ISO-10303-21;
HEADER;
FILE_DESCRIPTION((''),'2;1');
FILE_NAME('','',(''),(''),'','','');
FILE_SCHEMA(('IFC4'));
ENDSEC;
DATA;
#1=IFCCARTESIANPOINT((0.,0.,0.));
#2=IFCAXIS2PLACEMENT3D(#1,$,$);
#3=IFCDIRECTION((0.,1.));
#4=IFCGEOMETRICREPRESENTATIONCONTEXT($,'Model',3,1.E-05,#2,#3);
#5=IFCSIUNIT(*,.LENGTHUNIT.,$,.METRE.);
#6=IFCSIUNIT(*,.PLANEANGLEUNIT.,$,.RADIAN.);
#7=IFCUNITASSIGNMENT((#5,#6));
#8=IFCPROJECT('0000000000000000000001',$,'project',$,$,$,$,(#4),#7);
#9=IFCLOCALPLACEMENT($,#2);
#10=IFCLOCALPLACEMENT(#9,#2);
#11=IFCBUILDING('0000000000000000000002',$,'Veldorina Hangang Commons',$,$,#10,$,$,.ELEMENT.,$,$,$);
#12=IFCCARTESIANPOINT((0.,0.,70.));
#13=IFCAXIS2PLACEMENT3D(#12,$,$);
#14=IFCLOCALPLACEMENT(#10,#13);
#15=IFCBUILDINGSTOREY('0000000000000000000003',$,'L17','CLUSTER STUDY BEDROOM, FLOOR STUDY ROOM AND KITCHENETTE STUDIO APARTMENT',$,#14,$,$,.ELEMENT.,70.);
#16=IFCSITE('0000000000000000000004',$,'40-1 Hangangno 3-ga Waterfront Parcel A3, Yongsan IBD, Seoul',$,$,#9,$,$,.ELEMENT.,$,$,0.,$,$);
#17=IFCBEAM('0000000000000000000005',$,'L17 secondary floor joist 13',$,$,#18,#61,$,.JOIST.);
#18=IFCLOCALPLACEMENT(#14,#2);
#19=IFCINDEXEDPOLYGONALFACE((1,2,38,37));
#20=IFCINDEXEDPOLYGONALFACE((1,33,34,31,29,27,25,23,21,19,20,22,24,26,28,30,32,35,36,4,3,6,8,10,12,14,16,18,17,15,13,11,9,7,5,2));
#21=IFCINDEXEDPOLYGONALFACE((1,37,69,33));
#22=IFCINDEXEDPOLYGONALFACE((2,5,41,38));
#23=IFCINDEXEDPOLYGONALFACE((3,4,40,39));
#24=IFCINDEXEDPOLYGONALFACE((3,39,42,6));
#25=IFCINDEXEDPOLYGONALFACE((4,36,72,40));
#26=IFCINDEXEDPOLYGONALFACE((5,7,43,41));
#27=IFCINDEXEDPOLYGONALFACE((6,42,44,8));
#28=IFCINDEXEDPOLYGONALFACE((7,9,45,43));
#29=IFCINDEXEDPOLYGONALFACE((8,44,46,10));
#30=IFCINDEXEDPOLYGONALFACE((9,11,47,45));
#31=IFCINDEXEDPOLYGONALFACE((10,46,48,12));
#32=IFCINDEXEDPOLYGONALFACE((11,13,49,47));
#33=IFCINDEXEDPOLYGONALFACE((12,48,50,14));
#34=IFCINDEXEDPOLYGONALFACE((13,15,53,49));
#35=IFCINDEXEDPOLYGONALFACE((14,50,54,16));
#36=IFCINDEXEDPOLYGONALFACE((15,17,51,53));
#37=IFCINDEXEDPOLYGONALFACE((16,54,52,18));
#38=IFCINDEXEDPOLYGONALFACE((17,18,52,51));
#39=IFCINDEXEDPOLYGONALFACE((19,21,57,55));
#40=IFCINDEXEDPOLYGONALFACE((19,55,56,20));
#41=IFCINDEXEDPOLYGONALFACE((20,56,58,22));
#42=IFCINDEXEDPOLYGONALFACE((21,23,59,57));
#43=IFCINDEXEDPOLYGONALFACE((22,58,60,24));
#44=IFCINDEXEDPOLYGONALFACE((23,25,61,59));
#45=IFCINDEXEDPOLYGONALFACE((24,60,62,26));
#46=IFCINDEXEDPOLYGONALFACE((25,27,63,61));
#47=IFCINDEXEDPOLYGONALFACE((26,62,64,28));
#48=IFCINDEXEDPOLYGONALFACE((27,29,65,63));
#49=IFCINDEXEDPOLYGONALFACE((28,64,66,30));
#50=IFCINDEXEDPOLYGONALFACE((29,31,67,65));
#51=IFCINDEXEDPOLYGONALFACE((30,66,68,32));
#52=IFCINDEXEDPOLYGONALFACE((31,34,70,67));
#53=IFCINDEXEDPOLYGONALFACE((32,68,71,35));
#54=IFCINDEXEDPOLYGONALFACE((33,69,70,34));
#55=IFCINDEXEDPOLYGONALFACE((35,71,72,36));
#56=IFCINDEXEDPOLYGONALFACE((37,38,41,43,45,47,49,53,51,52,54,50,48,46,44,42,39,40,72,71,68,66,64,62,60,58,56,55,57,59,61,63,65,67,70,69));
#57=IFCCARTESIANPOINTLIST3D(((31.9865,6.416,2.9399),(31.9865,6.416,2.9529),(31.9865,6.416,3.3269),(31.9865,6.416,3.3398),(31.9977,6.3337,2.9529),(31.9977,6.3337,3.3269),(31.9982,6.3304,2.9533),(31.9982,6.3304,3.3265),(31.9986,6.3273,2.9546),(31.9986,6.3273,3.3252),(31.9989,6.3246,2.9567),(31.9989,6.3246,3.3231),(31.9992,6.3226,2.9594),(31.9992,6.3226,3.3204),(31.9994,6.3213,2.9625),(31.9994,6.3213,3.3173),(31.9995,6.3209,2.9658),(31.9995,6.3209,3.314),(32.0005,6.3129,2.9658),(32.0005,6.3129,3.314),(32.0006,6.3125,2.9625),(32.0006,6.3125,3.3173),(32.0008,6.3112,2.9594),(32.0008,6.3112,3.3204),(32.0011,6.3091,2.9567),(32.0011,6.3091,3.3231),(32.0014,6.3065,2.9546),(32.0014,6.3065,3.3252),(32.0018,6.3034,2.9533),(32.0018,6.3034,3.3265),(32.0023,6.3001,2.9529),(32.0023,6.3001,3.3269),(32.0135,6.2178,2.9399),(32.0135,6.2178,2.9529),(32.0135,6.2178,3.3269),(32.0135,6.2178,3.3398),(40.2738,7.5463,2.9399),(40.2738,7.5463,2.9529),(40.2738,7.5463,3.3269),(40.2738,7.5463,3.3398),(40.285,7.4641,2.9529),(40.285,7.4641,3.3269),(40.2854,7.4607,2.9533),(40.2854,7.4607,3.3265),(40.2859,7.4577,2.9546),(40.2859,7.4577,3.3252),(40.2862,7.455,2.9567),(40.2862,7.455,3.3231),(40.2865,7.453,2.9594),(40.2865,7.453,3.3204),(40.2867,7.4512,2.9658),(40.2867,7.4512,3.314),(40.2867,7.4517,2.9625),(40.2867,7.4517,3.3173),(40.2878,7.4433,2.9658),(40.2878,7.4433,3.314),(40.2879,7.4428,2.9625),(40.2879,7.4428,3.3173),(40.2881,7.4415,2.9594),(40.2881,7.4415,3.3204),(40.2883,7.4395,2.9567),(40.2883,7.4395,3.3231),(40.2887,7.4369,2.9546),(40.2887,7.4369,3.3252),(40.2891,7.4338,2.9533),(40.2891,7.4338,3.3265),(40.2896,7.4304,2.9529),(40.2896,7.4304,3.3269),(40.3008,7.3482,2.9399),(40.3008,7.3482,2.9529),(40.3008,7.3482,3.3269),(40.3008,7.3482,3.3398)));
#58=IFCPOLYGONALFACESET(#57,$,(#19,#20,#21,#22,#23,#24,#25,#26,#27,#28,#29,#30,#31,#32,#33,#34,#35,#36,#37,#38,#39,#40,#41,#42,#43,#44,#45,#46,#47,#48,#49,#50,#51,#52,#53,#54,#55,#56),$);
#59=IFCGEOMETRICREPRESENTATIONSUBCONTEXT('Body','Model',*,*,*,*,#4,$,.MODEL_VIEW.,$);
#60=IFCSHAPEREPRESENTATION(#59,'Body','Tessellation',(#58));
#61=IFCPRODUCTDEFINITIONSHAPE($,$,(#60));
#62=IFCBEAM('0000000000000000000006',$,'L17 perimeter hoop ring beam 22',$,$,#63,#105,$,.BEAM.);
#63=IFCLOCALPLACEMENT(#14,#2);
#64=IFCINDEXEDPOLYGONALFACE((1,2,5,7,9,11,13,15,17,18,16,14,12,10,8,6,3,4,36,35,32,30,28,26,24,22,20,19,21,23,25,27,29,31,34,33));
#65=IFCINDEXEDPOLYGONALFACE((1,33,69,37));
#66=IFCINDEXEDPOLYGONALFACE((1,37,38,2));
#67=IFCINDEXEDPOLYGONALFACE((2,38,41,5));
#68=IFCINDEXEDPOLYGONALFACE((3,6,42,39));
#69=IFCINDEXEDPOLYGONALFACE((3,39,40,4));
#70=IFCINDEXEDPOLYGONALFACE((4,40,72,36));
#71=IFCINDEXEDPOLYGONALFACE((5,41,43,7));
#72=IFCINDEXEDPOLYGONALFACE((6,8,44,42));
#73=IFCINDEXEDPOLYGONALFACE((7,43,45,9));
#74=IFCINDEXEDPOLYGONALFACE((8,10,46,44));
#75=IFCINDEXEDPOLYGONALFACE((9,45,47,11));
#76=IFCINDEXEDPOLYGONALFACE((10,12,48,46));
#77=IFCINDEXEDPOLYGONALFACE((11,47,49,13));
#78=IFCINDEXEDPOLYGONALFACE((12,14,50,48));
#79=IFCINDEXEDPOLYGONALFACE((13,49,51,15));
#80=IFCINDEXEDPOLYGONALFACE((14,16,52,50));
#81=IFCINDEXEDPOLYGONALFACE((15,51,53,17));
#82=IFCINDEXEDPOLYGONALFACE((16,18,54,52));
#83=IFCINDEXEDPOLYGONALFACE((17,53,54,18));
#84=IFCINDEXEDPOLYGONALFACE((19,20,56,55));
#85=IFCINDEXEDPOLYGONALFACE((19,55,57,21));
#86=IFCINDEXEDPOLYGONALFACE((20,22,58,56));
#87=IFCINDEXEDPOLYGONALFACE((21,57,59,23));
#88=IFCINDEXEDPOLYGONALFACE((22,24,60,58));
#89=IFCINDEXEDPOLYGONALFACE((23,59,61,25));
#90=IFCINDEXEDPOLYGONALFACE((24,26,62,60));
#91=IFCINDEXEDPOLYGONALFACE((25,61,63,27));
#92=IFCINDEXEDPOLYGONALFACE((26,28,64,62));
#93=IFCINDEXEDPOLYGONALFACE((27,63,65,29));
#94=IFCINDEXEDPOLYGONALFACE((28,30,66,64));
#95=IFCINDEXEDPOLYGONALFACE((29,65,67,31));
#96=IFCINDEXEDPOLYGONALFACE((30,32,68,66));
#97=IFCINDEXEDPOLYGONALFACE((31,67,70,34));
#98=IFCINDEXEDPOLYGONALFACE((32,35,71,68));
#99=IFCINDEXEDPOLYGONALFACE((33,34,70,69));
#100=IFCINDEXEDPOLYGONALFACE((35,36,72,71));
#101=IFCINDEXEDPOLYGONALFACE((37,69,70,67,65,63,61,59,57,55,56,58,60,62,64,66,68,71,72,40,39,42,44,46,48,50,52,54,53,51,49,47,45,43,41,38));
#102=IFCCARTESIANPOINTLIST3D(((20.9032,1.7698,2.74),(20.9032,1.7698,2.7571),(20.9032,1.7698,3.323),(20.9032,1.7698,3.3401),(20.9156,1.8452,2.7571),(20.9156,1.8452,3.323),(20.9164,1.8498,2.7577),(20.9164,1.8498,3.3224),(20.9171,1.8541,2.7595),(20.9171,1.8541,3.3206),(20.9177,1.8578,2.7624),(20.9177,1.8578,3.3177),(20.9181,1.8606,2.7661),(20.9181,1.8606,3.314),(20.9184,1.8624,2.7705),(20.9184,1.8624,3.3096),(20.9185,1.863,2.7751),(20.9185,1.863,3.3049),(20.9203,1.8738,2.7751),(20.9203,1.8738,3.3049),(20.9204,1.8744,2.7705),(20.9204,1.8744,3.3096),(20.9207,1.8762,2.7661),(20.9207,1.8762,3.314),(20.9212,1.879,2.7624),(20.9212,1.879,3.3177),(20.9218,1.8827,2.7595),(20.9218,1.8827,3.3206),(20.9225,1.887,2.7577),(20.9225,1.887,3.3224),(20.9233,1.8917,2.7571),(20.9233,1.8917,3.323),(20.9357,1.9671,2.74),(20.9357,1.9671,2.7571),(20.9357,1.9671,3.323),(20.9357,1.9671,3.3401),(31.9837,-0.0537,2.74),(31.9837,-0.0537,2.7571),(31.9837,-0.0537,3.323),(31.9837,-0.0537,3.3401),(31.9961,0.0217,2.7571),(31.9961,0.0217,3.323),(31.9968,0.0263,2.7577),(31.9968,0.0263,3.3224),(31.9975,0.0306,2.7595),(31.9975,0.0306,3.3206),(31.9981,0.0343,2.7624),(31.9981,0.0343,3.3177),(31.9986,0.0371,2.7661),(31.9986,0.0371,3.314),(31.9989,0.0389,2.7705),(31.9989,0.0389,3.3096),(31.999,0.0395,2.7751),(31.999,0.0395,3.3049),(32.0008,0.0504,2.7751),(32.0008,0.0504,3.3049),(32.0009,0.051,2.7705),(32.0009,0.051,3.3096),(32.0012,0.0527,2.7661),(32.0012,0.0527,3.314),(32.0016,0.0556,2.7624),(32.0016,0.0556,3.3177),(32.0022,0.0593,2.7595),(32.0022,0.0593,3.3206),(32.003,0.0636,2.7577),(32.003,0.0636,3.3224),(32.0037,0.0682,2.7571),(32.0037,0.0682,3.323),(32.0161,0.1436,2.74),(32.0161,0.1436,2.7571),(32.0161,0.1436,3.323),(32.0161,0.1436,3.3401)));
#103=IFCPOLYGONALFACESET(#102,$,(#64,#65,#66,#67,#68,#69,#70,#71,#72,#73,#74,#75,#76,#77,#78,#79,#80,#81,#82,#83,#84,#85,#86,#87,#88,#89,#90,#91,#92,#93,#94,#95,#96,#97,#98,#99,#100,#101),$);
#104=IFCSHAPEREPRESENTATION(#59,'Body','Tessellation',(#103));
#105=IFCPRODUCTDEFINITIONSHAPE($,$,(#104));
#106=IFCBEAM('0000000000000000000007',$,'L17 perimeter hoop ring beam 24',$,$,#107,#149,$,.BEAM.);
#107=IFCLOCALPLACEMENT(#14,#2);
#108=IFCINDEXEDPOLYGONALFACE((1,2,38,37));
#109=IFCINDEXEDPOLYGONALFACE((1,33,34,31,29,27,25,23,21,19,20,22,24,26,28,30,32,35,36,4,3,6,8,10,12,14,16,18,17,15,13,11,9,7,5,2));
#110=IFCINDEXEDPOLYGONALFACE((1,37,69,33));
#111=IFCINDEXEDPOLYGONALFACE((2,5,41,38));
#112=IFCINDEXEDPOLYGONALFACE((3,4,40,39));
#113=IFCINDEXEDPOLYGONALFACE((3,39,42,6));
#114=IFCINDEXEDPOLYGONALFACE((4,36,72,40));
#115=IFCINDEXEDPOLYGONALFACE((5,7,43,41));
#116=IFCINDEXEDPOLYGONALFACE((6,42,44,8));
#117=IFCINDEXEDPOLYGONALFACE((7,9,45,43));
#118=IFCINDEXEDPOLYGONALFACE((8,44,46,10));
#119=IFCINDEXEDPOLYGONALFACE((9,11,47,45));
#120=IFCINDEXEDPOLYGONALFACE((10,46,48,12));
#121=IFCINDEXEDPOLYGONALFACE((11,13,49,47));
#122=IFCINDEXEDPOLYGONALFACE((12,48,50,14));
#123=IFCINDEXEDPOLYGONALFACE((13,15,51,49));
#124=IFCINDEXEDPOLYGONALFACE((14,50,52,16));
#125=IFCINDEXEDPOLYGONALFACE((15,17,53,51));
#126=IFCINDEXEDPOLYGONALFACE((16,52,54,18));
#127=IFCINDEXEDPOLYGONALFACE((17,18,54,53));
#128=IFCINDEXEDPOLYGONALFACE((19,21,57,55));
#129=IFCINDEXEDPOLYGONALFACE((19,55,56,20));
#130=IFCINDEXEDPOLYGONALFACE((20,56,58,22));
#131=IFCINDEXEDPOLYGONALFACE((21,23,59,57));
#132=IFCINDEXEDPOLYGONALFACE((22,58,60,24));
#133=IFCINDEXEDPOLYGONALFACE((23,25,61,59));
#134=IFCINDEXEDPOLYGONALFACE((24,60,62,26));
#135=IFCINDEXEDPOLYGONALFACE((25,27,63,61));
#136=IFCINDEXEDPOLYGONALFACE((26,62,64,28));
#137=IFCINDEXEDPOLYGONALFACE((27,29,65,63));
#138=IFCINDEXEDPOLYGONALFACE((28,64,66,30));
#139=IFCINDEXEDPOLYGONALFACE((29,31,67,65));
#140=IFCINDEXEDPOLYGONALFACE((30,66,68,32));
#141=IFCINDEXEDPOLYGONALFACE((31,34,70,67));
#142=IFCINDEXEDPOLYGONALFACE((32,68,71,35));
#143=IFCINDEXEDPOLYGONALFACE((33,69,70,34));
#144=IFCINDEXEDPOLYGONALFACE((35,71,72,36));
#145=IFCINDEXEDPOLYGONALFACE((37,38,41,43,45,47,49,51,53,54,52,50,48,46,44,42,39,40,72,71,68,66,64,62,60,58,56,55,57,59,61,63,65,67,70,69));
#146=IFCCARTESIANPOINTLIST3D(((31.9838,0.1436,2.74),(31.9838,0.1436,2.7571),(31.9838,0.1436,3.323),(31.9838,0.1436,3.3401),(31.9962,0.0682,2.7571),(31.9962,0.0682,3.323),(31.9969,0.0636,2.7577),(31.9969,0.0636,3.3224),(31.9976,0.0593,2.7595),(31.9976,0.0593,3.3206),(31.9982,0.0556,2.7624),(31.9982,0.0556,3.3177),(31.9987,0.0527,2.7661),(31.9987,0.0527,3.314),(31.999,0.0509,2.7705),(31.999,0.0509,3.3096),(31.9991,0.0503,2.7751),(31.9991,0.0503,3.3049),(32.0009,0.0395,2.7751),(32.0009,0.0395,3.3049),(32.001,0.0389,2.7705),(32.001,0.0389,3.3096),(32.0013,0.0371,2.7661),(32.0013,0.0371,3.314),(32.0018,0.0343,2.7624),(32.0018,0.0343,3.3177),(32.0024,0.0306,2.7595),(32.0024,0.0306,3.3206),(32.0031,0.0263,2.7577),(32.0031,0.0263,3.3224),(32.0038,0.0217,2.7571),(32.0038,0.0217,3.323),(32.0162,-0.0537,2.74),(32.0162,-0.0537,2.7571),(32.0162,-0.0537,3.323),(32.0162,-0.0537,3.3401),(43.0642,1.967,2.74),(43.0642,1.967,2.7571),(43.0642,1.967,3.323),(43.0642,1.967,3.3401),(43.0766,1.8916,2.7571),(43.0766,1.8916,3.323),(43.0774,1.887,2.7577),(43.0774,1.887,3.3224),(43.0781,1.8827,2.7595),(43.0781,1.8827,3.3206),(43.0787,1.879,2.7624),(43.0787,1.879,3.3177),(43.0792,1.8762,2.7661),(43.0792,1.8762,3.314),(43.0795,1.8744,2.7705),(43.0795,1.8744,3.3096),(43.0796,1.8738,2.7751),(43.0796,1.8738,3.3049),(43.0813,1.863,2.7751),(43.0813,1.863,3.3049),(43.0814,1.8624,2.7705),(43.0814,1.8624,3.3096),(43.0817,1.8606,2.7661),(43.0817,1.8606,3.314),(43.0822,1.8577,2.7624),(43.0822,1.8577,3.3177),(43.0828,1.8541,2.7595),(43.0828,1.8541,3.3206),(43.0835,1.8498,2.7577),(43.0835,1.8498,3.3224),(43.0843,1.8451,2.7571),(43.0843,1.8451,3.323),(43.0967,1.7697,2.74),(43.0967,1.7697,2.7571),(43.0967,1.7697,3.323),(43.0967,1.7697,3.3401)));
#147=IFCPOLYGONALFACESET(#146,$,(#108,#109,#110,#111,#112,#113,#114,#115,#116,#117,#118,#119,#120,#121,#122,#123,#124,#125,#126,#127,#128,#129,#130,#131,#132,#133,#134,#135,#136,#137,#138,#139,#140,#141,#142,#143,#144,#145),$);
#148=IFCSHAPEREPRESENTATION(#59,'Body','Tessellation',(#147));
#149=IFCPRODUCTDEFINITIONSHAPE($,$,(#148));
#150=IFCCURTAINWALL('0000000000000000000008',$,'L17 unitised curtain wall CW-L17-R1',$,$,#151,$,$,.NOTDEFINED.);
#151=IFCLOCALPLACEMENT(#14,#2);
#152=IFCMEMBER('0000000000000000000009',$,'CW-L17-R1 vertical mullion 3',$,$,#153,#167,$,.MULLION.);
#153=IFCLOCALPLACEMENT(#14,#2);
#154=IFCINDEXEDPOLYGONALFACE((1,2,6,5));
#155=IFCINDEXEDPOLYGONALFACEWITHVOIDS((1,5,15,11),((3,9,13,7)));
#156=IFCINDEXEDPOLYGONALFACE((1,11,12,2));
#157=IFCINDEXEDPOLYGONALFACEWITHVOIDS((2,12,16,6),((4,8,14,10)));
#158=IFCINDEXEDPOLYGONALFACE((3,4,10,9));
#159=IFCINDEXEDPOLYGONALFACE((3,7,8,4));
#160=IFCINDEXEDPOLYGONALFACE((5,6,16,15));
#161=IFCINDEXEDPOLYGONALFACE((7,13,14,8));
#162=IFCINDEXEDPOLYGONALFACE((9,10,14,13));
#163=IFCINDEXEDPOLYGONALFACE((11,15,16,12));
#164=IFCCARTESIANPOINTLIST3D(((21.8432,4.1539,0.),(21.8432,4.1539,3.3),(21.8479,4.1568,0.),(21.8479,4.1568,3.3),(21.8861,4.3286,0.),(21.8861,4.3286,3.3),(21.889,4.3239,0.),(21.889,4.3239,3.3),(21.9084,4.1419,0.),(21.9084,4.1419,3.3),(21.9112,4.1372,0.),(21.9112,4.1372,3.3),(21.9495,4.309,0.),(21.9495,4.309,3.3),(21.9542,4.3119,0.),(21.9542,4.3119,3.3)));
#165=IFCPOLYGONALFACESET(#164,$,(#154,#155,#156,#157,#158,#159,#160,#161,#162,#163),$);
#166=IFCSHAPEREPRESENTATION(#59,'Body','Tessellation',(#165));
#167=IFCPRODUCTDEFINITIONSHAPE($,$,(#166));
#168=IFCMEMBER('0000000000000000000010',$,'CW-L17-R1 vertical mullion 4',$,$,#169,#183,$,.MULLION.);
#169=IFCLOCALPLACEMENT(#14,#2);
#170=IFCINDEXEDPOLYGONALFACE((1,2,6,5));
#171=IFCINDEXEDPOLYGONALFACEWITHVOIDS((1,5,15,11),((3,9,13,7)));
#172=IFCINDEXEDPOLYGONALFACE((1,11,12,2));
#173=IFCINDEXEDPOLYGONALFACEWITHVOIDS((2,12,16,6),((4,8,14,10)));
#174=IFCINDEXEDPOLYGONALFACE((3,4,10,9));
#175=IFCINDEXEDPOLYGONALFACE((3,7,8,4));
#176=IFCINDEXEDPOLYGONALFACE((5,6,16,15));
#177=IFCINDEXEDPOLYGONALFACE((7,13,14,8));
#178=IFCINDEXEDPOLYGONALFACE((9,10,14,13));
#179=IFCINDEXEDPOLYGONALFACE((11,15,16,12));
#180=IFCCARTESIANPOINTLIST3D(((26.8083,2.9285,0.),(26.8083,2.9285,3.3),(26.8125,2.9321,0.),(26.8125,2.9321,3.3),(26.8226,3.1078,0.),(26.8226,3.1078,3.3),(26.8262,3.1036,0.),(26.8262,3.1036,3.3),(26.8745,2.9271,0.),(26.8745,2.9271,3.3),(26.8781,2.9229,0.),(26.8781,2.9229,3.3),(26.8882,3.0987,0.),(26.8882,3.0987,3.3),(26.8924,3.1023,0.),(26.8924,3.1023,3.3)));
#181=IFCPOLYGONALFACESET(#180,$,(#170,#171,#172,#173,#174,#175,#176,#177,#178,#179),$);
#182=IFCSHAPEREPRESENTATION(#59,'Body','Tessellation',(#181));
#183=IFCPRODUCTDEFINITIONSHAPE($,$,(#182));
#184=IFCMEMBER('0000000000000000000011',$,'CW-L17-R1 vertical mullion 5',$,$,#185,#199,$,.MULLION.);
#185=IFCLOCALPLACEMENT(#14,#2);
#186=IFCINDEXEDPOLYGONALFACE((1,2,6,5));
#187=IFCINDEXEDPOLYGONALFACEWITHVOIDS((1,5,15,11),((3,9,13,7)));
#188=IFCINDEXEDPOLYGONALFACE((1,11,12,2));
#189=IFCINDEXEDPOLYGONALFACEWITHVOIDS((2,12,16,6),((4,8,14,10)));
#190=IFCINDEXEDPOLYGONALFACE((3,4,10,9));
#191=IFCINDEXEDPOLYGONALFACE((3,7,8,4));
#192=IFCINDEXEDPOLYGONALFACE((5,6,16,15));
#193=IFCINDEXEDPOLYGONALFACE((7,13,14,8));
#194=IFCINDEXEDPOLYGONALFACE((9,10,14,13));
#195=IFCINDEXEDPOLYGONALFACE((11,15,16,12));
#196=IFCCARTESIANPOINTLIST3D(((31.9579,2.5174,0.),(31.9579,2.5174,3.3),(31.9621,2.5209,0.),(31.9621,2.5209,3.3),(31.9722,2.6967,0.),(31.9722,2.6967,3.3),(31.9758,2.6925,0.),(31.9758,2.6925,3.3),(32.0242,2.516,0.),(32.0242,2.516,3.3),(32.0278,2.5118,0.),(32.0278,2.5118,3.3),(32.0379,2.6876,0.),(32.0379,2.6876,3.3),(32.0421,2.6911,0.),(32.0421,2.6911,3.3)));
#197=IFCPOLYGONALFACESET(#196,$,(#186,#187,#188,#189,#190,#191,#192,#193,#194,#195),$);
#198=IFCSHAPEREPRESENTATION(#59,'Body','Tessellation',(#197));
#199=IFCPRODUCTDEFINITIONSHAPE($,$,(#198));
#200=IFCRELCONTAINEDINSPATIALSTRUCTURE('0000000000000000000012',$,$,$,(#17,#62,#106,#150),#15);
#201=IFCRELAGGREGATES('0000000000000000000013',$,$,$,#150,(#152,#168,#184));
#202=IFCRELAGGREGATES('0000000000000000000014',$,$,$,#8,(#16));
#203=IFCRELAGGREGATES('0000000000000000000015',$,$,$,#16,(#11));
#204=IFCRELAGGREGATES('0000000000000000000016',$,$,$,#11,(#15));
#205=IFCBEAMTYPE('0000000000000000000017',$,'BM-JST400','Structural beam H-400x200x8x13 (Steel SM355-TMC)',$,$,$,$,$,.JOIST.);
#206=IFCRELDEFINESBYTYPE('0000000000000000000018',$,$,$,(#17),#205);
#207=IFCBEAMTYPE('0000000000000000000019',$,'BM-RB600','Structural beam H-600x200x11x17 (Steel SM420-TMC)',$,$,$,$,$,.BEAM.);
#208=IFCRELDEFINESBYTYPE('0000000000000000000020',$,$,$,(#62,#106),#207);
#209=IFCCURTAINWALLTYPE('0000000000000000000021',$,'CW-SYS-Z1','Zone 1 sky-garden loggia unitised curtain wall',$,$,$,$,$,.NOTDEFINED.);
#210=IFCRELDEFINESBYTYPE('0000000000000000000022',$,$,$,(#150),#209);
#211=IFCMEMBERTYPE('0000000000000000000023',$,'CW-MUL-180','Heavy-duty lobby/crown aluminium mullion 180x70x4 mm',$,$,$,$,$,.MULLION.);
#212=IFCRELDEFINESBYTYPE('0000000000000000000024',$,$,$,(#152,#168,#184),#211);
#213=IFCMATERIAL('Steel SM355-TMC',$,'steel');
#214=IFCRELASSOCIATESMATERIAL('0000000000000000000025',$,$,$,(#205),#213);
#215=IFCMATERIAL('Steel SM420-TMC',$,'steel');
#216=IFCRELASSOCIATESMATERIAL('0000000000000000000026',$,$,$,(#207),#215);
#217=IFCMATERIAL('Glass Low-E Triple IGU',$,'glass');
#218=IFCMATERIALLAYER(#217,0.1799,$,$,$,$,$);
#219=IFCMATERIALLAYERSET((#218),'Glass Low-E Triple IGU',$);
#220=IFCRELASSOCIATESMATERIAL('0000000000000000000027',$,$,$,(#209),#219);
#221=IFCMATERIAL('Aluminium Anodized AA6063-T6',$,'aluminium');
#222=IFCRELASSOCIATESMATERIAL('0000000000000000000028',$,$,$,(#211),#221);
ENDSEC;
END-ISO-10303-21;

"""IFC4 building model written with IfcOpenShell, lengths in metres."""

from ifc_helpers import new_model, si_unit, direction, frame, origin, origin_2d, place, context, subcontext, project, spatial, hollow_rectangle, i_section, extrude, material, layer, layer_set, material_profile, profile_set, type_object, element, aggregate, save


model = new_model("IFC4")

# Units and contexts
model_context = context("Model", 3, precision=1e-05, world=origin(), true_north=direction((0.0, 1.0)))
body_context = subcontext(model_context, "Body", "Model", "MODEL_VIEW")
ifc_project = project(units=[si_unit("LENGTHUNIT", "METRE"), si_unit("PLANEANGLEUNIT", "RADIAN")], contexts=[model_context])

# Site, building, storey
site_placement = place(None, origin())
site = spatial("IfcSite", under=ifc_project, at=site_placement, Name="40-1 Hangangno 3-ga Waterfront Parcel A3, Yongsan IBD, Seoul", CompositionType="ELEMENT", RefElevation=0.0)
building_placement = place(site_placement, origin())
building = spatial("IfcBuilding", under=site, at=building_placement, Name="Veldorina Hangang Commons", CompositionType="ELEMENT")
storey_placement = place(building_placement, frame((0.0, 0.0, 70.0)))
storey = spatial("IfcBuildingStorey", under=building, at=storey_placement, Name="L17", Description="CLUSTER STUDY BEDROOM, FLOOR STUDY ROOM AND KITCHENETTE STUDIO APARTMENT", CompositionType="ELEMENT", Elevation=70.0)

# Beams
ifc_material_1 = material(Name="Steel SM355-TMC", Category="steel")
ifc_material_profile_1 = material_profile(ifc_material_1, i_section(OverallWidth=0.2, OverallDepth=0.3999, WebThickness=0.0081, FlangeThickness=0.0129, FilletRadius=0.0129, at=origin_2d()), Name="H-400x200x8x13")
ifc_profile_set_1 = profile_set([ifc_material_profile_1], Name="Steel SM355-TMC")
beam_type_1 = type_object("IfcBeamType", Name="BM-JST400", Description="Structural beam H-400x200x8x13 (Steel SM355-TMC)", PredefinedType="JOIST", material=ifc_profile_set_1)
beam_placement = place(storey_placement, frame((32.0, 6.3169, 3.1399), z_axis=(0.990826, 0.135146, 0.0), x_axis=(-0.135146, 0.990826, 0.0)))
element("IfcBeam", 1, at=beam_placement, inside=storey, type_object=beam_type_1, Name="L17 secondary floor joist 13", PredefinedType="JOIST", context=body_context, shape_type="SweptSolid", body=[
    extrude(i_section(OverallWidth=0.2, OverallDepth=0.3999, WebThickness=0.0081, FlangeThickness=0.0129, FilletRadius=0.0129, at=origin_2d()), origin(), (0.0, 0.0, 1.0), 8.364),
])
ifc_material_2 = material(Name="Steel SM420-TMC", Category="steel")
ifc_material_profile_2 = material_profile(ifc_material_2, i_section(OverallWidth=0.2, OverallDepth=0.6001, WebThickness=0.011, FlangeThickness=0.0171, FilletRadius=0.0181, at=origin_2d()), Name="H-600x200x11x17")
ifc_profile_set_2 = profile_set([ifc_material_profile_2], Name="Steel SM420-TMC")
beam_type_2 = type_object("IfcBeamType", Name="BM-RB600", Description="Structural beam H-600x200x11x17 (Steel SM420-TMC)", PredefinedType="BEAM", material=ifc_profile_set_2)
for number, where, z_axis, x_axis, name in (
    (2, (20.9194, 1.8684, 3.04), (0.986728, -0.162382, 0.0), (0.162382, 0.986728, 0.0), "L17 perimeter hoop ring beam 22"),
    (3, (32.0, 0.0449, 3.04), (0.986728, 0.162382, 0.0), (-0.162382, 0.986728, 0.0), "L17 perimeter hoop ring beam 24"),
):
    element("IfcBeam", number, at=place(storey_placement, frame(where, z_axis=z_axis, x_axis=x_axis)), inside=storey, type_object=beam_type_2, Name=name, PredefinedType="BEAM", context=body_context, shape_type="SweptSolid", body=[
        extrude(i_section(OverallWidth=0.2, OverallDepth=0.6001, WebThickness=0.011, FlangeThickness=0.0171, FilletRadius=0.0181, at=origin_2d()), origin(), (0.0, 0.0, 1.0), 11.2295),
    ])

# Curtain wall, members
ifc_material_3 = material(Name="Glass Low-E Triple IGU", Category="glass")
ifc_layer_1 = layer(ifc_material_3, 0.1799)
ifc_layer_set_1 = layer_set([ifc_layer_1], Name="Glass Low-E Triple IGU")
curtain_wall_type = type_object("IfcCurtainWallType", Name="CW-SYS-Z1", Description="Zone 1 sky-garden loggia unitised curtain wall", PredefinedType="NOTDEFINED", material=ifc_layer_set_1)
curtain_wall_placement = place(storey_placement, origin())
curtain_wall = element("IfcCurtainWall", 4, at=curtain_wall_placement, inside=storey, type_object=curtain_wall_type, Name="L17 unitised curtain wall CW-L17-R1", PredefinedType="NOTDEFINED")
ifc_material_4 = material(Name="Aluminium Anodized AA6063-T6", Category="aluminium")
ifc_material_profile_3 = material_profile(ifc_material_4, hollow_rectangle(XDim=0.0701, YDim=0.1799, WallThickness=0.0039, at=origin_2d()), Name="ALU-RHS-180x70x4")
ifc_profile_set_3 = profile_set([ifc_material_profile_3], Name="Aluminium Anodized AA6063-T6")
member_type_1 = type_object("IfcMemberType", Name="CW-MUL-180", Description="Heavy-duty lobby/crown aluminium mullion 180x70x4 mm", PredefinedType="MULLION", material=ifc_profile_set_3)
member_1_placement = place(storey_placement, frame((21.8987, 4.2329, 0.0), z_axis=(0.0, 0.0, 1.0), x_axis=(0.971072, -0.238788, 0.0)))
member_1 = element("IfcMember", 5, at=member_1_placement, type_object=member_type_1, Name="CW-L17-R1 vertical mullion 3", PredefinedType="MULLION", context=body_context, shape_type="SweptSolid", body=[
    extrude(hollow_rectangle(XDim=0.0701, YDim=0.1799, WallThickness=0.0039, at=origin_2d()), origin(), (0.0, 0.0, 1.0), 3.3),
])
member_2_placement = place(storey_placement, frame((26.8503, 3.0154, 0.0), z_axis=(0.0, 0.0, 1.0), x_axis=(0.996829, -0.079573, 0.0)))
member_2 = element("IfcMember", 6, at=member_2_placement, type_object=member_type_1, Name="CW-L17-R1 vertical mullion 4", PredefinedType="MULLION", context=body_context, shape_type="SweptSolid", body=[
    extrude(hollow_rectangle(XDim=0.0701, YDim=0.1799, WallThickness=0.0039, at=origin_2d()), origin(), (0.0, 0.0, 1.0), 3.3),
])
member_3_placement = place(storey_placement, frame((32.0, 2.6042, 0.0), z_axis=(0.0, 0.0, 1.0), x_axis=(-0.996829, 0.079573, 0.0)))
member_3 = element("IfcMember", 7, at=member_3_placement, type_object=member_type_1, Name="CW-L17-R1 vertical mullion 5", PredefinedType="MULLION", context=body_context, shape_type="SweptSolid", body=[
    extrude(hollow_rectangle(XDim=0.0701, YDim=0.1799, WallThickness=0.0039, at=origin_2d()), origin(), (0.0, 0.0, 1.0), 3.3),
])

aggregate(curtain_wall, [member_1, member_2, member_3])

save(model, "model.ifc")
